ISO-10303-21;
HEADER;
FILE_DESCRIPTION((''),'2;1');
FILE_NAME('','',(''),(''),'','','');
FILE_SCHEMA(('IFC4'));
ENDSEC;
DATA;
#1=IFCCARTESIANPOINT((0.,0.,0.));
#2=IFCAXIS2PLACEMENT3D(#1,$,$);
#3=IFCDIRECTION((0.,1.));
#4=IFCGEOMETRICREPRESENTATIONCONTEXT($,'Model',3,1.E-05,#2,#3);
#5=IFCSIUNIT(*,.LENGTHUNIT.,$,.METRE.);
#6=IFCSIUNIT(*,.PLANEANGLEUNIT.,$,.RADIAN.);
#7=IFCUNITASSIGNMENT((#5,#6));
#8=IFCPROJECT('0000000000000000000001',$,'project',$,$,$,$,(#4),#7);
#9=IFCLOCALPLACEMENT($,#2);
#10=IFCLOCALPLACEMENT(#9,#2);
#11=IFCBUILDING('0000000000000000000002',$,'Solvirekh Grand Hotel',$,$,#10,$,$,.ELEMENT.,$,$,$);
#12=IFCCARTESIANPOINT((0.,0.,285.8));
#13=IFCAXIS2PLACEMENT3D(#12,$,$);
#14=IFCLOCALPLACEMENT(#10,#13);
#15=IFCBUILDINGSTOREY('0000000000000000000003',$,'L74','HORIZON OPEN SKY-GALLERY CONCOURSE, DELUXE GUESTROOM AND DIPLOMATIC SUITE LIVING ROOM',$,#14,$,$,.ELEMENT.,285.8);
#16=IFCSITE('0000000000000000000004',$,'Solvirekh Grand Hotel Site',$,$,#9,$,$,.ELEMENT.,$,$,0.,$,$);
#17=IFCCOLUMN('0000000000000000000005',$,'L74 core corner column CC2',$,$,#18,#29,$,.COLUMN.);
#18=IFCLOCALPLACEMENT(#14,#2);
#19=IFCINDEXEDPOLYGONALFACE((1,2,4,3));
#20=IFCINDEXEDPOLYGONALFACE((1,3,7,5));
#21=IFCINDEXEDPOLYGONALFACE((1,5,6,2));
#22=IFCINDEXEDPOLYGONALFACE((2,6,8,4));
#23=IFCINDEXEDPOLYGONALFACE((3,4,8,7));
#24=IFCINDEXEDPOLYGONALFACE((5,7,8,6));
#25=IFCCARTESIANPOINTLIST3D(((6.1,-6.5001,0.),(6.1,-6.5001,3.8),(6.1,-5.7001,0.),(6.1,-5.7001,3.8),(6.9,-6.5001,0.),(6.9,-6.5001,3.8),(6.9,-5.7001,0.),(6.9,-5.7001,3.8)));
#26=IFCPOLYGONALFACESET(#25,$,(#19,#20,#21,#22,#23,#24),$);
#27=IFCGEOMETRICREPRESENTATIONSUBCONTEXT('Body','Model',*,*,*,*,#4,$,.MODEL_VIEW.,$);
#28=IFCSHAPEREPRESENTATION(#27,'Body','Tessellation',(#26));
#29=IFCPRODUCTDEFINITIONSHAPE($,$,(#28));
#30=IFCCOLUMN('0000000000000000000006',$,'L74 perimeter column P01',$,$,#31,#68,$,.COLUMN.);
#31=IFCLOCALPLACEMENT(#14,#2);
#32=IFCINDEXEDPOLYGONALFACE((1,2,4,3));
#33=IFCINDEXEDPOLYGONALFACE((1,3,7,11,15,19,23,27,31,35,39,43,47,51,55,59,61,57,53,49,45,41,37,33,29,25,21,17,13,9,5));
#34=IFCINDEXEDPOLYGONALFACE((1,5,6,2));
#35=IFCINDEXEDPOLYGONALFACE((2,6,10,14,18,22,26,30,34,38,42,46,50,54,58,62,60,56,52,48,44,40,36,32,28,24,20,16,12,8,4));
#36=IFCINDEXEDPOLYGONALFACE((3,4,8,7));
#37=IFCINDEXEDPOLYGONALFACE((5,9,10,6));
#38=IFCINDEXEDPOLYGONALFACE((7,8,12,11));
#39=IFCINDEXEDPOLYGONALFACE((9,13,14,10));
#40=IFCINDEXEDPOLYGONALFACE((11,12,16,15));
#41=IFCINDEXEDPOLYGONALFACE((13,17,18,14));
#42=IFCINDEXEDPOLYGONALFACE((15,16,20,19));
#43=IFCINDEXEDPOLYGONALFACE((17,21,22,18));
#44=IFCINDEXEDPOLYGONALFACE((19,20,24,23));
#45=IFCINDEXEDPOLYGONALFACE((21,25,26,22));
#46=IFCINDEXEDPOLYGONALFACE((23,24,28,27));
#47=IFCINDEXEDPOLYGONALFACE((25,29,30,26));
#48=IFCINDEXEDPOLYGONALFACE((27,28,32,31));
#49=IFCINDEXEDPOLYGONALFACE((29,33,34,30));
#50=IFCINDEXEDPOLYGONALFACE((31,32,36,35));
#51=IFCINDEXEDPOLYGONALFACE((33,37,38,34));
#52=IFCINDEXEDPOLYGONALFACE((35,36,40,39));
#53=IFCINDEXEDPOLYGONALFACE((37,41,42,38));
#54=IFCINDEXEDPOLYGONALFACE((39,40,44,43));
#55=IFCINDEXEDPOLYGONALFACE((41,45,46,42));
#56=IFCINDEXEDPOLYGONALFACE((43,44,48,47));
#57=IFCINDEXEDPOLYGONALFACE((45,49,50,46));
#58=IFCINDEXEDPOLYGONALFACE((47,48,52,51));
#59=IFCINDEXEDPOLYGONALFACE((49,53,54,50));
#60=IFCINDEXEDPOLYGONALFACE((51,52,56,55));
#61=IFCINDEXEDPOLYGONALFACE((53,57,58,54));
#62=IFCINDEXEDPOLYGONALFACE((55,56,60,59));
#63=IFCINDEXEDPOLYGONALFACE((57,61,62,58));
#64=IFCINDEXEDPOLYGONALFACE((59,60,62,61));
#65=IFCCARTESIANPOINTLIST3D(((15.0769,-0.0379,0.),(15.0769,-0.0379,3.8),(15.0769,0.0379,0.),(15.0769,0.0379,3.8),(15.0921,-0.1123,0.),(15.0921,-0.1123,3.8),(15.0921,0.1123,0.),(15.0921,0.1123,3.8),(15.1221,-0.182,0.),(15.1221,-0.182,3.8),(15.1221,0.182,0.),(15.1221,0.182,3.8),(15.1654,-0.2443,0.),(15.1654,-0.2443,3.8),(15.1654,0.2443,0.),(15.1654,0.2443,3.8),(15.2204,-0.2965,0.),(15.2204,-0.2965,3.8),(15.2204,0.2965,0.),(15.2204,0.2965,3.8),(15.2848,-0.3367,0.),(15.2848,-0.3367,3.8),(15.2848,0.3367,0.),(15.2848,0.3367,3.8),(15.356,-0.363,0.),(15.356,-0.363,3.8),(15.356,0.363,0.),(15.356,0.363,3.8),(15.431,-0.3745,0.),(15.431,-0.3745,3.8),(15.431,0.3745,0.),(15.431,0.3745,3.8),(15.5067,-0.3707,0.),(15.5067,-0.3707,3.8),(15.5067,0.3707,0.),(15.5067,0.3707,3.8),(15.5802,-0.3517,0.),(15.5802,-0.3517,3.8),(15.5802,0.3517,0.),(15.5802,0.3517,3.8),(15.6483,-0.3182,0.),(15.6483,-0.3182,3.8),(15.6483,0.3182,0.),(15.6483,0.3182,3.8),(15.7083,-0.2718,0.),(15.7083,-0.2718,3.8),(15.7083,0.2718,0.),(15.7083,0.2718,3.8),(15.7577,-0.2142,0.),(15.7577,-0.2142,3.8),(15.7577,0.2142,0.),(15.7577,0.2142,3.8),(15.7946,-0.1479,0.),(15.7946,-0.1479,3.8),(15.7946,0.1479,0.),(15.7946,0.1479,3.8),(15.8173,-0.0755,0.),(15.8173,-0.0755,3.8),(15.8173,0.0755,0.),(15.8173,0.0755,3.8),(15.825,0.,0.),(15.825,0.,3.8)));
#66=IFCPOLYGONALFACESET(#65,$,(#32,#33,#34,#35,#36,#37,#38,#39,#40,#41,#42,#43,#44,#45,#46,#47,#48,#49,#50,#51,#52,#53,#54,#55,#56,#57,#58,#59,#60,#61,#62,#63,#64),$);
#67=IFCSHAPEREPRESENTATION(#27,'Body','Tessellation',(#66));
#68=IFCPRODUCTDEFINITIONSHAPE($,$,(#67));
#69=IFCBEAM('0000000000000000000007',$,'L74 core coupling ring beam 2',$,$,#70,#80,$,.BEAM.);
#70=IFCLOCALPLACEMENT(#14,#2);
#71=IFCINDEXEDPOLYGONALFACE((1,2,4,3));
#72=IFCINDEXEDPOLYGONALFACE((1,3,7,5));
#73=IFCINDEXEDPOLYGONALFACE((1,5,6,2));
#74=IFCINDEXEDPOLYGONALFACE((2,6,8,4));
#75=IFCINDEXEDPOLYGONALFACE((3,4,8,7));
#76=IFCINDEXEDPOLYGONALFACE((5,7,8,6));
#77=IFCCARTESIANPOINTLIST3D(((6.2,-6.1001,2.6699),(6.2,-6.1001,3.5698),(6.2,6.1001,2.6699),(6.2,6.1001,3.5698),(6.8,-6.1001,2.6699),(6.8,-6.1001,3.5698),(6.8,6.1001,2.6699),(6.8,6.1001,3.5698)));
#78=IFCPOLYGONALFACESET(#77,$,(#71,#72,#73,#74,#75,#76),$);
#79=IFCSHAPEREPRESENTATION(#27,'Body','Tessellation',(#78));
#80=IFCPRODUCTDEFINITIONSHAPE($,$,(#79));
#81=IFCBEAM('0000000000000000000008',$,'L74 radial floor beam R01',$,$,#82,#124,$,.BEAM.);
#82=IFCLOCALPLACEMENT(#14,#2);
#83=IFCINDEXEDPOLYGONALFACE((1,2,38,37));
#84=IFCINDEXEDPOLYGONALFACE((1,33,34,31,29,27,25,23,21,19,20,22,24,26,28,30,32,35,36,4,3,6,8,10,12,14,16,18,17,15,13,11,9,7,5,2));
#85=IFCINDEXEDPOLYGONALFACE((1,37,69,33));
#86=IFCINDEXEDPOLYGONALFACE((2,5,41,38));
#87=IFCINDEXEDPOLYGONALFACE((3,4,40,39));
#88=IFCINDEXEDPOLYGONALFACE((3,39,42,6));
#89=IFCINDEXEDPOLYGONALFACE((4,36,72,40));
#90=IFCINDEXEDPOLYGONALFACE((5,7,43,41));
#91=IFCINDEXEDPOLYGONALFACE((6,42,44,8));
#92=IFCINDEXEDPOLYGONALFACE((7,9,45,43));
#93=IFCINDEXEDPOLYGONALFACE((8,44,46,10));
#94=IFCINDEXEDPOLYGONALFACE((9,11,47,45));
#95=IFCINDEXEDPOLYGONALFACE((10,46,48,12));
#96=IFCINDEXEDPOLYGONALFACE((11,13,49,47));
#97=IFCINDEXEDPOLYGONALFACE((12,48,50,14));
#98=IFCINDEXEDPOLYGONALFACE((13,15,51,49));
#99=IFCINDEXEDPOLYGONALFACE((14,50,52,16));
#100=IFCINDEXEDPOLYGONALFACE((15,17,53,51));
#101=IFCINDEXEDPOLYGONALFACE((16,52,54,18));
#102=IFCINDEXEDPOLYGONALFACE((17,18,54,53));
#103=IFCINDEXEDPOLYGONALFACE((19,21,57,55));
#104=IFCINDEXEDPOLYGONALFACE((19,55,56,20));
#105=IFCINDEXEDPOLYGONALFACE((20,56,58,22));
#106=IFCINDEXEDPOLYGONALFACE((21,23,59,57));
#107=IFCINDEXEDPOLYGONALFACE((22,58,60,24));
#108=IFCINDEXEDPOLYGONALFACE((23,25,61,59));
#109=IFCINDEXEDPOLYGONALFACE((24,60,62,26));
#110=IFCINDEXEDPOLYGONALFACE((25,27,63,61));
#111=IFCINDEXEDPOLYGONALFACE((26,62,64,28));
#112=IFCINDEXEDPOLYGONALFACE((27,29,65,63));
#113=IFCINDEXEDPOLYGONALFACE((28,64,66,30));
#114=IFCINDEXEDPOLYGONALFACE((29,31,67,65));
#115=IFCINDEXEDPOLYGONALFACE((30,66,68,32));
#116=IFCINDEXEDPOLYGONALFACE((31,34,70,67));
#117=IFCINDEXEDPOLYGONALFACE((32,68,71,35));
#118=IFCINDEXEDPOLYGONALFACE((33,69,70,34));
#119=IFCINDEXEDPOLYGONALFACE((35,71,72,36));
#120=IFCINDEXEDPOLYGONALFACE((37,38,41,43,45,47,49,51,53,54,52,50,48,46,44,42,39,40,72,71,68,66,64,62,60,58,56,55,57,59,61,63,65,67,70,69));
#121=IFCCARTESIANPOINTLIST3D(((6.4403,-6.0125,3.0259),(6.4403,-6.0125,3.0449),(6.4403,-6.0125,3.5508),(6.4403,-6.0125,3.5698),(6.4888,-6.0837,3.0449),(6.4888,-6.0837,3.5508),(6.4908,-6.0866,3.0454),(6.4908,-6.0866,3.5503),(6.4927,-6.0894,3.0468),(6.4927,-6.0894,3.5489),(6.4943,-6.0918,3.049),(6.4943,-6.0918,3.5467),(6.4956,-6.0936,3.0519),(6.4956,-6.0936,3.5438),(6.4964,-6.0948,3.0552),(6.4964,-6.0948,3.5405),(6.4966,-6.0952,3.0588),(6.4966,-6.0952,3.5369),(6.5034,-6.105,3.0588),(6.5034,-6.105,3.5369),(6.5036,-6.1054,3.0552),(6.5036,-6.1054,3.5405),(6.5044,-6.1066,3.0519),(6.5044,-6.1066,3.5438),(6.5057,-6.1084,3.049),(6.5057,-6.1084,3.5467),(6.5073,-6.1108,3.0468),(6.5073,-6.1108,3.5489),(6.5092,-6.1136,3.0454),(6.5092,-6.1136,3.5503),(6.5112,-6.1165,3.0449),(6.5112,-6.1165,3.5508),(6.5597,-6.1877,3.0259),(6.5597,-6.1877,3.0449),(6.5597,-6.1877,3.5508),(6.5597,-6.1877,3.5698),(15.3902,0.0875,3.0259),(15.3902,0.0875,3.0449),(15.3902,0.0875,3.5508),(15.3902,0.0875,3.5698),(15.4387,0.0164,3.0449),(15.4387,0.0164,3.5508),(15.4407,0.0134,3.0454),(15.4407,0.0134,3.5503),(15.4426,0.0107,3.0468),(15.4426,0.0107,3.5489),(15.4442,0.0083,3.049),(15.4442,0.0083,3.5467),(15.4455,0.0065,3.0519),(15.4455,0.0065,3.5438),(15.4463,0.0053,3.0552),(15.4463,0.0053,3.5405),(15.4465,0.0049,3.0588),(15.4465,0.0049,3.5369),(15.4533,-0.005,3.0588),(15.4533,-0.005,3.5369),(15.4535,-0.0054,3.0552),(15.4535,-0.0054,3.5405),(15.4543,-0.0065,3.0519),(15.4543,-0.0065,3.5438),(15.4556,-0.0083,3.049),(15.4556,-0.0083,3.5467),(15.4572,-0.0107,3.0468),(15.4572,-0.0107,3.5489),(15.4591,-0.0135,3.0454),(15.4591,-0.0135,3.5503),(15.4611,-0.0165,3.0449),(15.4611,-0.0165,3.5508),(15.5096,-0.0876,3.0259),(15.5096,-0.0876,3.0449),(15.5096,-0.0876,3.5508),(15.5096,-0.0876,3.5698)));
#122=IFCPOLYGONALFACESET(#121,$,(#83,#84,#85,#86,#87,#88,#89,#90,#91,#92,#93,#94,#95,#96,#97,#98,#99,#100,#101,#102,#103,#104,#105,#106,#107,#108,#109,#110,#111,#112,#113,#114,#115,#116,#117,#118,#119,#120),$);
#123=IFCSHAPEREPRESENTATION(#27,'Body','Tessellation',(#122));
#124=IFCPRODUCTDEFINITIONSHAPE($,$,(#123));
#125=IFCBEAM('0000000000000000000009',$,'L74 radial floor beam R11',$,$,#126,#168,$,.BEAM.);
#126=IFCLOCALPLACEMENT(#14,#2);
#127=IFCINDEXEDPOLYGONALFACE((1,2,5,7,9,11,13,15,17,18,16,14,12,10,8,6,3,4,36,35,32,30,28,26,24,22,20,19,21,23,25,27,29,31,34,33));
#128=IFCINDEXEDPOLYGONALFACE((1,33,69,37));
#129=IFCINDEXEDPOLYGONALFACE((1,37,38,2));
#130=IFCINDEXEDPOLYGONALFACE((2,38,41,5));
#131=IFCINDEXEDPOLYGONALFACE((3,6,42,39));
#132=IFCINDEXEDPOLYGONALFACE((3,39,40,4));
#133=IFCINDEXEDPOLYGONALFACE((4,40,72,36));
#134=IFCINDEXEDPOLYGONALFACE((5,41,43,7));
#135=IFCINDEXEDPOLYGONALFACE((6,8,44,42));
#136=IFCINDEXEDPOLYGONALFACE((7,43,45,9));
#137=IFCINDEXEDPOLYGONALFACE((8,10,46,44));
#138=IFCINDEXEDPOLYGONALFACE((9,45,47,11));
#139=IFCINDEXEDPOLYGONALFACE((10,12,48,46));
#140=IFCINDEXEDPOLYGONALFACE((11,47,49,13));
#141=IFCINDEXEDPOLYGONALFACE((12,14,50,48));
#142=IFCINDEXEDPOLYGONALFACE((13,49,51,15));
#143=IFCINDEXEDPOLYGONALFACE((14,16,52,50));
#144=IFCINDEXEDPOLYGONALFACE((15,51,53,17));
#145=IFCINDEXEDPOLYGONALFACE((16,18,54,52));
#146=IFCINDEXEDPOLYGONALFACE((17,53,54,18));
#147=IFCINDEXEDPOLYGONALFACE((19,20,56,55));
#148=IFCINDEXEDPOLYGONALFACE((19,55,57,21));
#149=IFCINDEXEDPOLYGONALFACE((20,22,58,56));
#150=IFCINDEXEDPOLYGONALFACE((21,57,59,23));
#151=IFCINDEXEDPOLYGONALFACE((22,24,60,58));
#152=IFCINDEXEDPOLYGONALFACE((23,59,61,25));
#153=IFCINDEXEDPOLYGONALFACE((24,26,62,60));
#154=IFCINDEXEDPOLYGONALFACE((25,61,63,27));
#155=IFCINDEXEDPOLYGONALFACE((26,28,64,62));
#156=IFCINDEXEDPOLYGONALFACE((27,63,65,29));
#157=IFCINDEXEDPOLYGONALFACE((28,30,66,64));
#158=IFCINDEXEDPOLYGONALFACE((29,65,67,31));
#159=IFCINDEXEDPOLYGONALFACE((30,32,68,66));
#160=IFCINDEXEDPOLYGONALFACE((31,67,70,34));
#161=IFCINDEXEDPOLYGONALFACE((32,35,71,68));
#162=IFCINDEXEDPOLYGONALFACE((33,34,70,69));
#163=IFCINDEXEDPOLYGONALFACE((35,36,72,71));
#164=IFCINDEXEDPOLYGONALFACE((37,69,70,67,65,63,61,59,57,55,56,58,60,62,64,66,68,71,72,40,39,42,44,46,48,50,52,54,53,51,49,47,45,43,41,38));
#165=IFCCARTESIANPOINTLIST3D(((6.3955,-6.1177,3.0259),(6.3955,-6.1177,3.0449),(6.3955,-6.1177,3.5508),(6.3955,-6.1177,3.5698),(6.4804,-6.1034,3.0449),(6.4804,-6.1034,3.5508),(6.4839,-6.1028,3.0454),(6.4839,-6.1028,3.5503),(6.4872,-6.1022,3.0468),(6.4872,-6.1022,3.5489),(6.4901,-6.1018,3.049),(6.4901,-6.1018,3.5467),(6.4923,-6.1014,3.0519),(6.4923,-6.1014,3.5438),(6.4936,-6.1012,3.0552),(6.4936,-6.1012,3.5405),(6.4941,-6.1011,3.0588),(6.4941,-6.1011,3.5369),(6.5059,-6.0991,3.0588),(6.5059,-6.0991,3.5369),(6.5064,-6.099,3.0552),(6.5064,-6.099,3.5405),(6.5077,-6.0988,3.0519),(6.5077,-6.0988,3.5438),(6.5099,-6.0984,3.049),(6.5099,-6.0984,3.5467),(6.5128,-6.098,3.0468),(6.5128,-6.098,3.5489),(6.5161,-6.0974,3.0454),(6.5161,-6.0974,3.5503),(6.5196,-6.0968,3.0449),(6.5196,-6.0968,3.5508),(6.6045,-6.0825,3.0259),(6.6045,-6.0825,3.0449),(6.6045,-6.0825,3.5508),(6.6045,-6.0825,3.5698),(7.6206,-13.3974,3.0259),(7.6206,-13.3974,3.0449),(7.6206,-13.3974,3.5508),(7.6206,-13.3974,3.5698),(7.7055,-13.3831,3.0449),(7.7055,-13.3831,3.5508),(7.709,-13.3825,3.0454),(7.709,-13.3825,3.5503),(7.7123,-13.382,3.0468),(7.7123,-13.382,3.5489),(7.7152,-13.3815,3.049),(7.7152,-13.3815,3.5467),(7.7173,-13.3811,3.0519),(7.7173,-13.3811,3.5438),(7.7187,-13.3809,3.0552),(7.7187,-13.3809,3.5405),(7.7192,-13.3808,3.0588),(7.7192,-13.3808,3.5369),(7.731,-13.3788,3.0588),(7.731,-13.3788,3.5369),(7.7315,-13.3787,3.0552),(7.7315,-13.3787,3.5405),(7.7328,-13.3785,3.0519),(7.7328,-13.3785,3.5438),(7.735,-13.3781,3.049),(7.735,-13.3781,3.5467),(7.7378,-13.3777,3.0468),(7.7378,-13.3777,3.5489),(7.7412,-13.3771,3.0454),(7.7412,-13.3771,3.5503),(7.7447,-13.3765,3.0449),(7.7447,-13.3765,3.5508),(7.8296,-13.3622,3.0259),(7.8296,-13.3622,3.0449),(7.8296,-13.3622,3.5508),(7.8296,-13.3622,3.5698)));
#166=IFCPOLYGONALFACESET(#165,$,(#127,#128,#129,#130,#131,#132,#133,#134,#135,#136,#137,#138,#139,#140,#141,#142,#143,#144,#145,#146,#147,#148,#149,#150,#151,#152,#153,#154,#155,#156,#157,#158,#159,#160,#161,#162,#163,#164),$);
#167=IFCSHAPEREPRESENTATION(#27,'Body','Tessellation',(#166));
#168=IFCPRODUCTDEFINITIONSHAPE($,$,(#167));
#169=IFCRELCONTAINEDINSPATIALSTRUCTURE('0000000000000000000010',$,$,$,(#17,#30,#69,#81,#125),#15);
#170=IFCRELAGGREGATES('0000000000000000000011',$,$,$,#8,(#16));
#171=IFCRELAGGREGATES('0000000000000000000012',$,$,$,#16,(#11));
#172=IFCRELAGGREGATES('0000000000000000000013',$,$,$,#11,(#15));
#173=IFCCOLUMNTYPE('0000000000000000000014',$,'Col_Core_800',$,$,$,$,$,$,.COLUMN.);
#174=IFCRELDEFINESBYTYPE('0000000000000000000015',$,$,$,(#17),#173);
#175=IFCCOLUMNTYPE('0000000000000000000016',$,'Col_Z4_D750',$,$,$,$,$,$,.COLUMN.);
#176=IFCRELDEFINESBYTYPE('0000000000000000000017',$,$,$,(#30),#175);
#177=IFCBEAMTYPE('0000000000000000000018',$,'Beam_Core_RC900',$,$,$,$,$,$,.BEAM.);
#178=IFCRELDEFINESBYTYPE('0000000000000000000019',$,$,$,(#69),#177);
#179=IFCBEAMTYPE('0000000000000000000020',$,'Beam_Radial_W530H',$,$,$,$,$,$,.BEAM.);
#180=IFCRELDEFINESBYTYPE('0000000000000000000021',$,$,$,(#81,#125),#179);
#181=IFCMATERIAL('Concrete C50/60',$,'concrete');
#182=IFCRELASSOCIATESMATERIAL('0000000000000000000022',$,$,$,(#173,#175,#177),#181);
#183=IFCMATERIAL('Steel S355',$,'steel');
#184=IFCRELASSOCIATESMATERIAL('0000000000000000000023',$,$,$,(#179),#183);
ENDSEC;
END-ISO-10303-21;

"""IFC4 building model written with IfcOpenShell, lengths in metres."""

from ifc_helpers import new_model, si_unit, direction, frame, origin, origin_2d, place, context, subcontext, project, spatial, rectangle, circle, i_section, extrude, material, material_profile, profile_set, type_object, element, save


model = new_model("IFC4")

# Units and contexts
model_context = context("Model", 3, precision=1e-05, world=origin(), true_north=direction((0.0, 1.0)))
body_context = subcontext(model_context, "Body", "Model", "MODEL_VIEW")
ifc_project = project(units=[si_unit("LENGTHUNIT", "METRE"), si_unit("PLANEANGLEUNIT", "RADIAN")], contexts=[model_context])

# Site, building, storey
site_placement = place(None, origin())
site = spatial("IfcSite", under=ifc_project, at=site_placement, Name="Solvirekh Grand Hotel Site", CompositionType="ELEMENT", RefElevation=0.0)
building_placement = place(site_placement, origin())
building = spatial("IfcBuilding", under=site, at=building_placement, Name="Solvirekh Grand Hotel", CompositionType="ELEMENT")
storey_placement = place(building_placement, frame((0.0, 0.0, 285.8)))
storey = spatial("IfcBuildingStorey", under=building, at=storey_placement, Name="L74", Description="HORIZON OPEN SKY-GALLERY CONCOURSE, DELUXE GUESTROOM AND DIPLOMATIC SUITE LIVING ROOM", CompositionType="ELEMENT", Elevation=285.8)

# Columns
ifc_material_1 = material(Name="Concrete C50/60", Category="concrete")
ifc_material_profile_1 = material_profile(ifc_material_1, rectangle(XDim=0.8, YDim=0.8, at=origin_2d()), Name="RC 800X800")
ifc_profile_set_1 = profile_set([ifc_material_profile_1], Name="Concrete C50/60")
column_type_1 = type_object("IfcColumnType", Name="Col_Core_800", PredefinedType="COLUMN", material=ifc_profile_set_1)
column_1_placement = place(storey_placement, frame((6.5, -6.1001, 0.0), z_axis=(0.0, 0.0, 1.0), x_axis=(1.0, 0.0, 0.0)))
element("IfcColumn", 1, at=column_1_placement, inside=storey, type_object=column_type_1, Name="L74 core corner column CC2", PredefinedType="COLUMN", context=body_context, shape_type="SweptSolid", body=[
    extrude(rectangle(XDim=0.8, YDim=0.8, at=origin_2d()), origin(), (0.0, 0.0, 1.0), 3.8),
])
ifc_material_profile_2 = material_profile(ifc_material_1, circle(Radius=0.375, at=origin_2d()), Name="RC CIRC D750")
ifc_profile_set_2 = profile_set([ifc_material_profile_2], Name="Concrete C50/60")
column_type_2 = type_object("IfcColumnType", Name="Col_Z4_D750", PredefinedType="COLUMN", material=ifc_profile_set_2)
column_2_placement = place(storey_placement, frame((15.45, 0.0, 0.0), z_axis=(0.0, 0.0, 1.0), x_axis=(1.0, 0.0, 0.0)))
element("IfcColumn", 2, at=column_2_placement, inside=storey, type_object=column_type_2, Name="L74 perimeter column P01", PredefinedType="COLUMN", context=body_context, shape_type="SweptSolid", body=[
    extrude(circle(Radius=0.375, at=origin_2d()), origin(), (0.0, 0.0, 1.0), 3.8),
])

# Beams
ifc_material_profile_3 = material_profile(ifc_material_1, rectangle(XDim=0.6001, YDim=0.8999, at=origin_2d()), Name="RC BEAM 600X900")
ifc_profile_set_3 = profile_set([ifc_material_profile_3], Name="Concrete C50/60")
beam_type_1 = type_object("IfcBeamType", Name="Beam_Core_RC900", PredefinedType="BEAM", material=ifc_profile_set_3)
beam_1_placement = place(storey_placement, frame((6.5, -6.1001, 3.1199), z_axis=(0.0, 1.0, 0.0), x_axis=(-1.0, 0.0, 0.0)))
element("IfcBeam", 3, at=beam_1_placement, inside=storey, type_object=beam_type_1, Name="L74 core coupling ring beam 2", PredefinedType="BEAM", context=body_context, shape_type="SweptSolid", body=[
    extrude(rectangle(XDim=0.6001, YDim=0.8999, at=origin_2d()), origin(), (0.0, 0.0, 1.0), 12.2002),
])
ifc_material_2 = material(Name="Steel S355", Category="steel")
ifc_material_profile_4 = material_profile(ifc_material_2, i_section(OverallWidth=0.2119, OverallDepth=0.5439, WebThickness=0.012, FlangeThickness=0.019, FilletRadius=0.0139, at=origin_2d()), Name="W530X123")
ifc_profile_set_4 = profile_set([ifc_material_profile_4], Name="Steel S355")
beam_type_2 = type_object("IfcBeamType", Name="Beam_Radial_W530H", PredefinedType="BEAM", material=ifc_profile_set_4)
beam_2_placement = place(storey_placement, frame((6.5, -6.1001, 3.2979), z_axis=(0.826319, 0.563202, 0.0), x_axis=(-0.563202, 0.826319, 0.0)))
element("IfcBeam", 4, at=beam_2_placement, inside=storey, type_object=beam_type_2, Name="L74 radial floor beam R01", PredefinedType="BEAM", context=body_context, shape_type="SweptSolid", body=[
    extrude(i_section(OverallWidth=0.2119, OverallDepth=0.5439, WebThickness=0.012, FlangeThickness=0.019, FilletRadius=0.0139, at=origin_2d()), origin(), (0.0, 0.0, 1.0), 10.8311),
])
beam_3_placement = place(storey_placement, frame((6.5, -6.1001, 3.2979), z_axis=(0.165954, -0.986133, 0.0), x_axis=(0.986133, 0.165954, 0.0)))
element("IfcBeam", 5, at=beam_3_placement, inside=storey, type_object=beam_type_2, Name="L74 radial floor beam R11", PredefinedType="BEAM", context=body_context, shape_type="SweptSolid", body=[
    extrude(i_section(OverallWidth=0.2119, OverallDepth=0.5439, WebThickness=0.012, FlangeThickness=0.019, FilletRadius=0.0139, at=origin_2d()), origin(), (0.0, 0.0, 1.0), 7.3821),
])

save(model, "model.ifc")
